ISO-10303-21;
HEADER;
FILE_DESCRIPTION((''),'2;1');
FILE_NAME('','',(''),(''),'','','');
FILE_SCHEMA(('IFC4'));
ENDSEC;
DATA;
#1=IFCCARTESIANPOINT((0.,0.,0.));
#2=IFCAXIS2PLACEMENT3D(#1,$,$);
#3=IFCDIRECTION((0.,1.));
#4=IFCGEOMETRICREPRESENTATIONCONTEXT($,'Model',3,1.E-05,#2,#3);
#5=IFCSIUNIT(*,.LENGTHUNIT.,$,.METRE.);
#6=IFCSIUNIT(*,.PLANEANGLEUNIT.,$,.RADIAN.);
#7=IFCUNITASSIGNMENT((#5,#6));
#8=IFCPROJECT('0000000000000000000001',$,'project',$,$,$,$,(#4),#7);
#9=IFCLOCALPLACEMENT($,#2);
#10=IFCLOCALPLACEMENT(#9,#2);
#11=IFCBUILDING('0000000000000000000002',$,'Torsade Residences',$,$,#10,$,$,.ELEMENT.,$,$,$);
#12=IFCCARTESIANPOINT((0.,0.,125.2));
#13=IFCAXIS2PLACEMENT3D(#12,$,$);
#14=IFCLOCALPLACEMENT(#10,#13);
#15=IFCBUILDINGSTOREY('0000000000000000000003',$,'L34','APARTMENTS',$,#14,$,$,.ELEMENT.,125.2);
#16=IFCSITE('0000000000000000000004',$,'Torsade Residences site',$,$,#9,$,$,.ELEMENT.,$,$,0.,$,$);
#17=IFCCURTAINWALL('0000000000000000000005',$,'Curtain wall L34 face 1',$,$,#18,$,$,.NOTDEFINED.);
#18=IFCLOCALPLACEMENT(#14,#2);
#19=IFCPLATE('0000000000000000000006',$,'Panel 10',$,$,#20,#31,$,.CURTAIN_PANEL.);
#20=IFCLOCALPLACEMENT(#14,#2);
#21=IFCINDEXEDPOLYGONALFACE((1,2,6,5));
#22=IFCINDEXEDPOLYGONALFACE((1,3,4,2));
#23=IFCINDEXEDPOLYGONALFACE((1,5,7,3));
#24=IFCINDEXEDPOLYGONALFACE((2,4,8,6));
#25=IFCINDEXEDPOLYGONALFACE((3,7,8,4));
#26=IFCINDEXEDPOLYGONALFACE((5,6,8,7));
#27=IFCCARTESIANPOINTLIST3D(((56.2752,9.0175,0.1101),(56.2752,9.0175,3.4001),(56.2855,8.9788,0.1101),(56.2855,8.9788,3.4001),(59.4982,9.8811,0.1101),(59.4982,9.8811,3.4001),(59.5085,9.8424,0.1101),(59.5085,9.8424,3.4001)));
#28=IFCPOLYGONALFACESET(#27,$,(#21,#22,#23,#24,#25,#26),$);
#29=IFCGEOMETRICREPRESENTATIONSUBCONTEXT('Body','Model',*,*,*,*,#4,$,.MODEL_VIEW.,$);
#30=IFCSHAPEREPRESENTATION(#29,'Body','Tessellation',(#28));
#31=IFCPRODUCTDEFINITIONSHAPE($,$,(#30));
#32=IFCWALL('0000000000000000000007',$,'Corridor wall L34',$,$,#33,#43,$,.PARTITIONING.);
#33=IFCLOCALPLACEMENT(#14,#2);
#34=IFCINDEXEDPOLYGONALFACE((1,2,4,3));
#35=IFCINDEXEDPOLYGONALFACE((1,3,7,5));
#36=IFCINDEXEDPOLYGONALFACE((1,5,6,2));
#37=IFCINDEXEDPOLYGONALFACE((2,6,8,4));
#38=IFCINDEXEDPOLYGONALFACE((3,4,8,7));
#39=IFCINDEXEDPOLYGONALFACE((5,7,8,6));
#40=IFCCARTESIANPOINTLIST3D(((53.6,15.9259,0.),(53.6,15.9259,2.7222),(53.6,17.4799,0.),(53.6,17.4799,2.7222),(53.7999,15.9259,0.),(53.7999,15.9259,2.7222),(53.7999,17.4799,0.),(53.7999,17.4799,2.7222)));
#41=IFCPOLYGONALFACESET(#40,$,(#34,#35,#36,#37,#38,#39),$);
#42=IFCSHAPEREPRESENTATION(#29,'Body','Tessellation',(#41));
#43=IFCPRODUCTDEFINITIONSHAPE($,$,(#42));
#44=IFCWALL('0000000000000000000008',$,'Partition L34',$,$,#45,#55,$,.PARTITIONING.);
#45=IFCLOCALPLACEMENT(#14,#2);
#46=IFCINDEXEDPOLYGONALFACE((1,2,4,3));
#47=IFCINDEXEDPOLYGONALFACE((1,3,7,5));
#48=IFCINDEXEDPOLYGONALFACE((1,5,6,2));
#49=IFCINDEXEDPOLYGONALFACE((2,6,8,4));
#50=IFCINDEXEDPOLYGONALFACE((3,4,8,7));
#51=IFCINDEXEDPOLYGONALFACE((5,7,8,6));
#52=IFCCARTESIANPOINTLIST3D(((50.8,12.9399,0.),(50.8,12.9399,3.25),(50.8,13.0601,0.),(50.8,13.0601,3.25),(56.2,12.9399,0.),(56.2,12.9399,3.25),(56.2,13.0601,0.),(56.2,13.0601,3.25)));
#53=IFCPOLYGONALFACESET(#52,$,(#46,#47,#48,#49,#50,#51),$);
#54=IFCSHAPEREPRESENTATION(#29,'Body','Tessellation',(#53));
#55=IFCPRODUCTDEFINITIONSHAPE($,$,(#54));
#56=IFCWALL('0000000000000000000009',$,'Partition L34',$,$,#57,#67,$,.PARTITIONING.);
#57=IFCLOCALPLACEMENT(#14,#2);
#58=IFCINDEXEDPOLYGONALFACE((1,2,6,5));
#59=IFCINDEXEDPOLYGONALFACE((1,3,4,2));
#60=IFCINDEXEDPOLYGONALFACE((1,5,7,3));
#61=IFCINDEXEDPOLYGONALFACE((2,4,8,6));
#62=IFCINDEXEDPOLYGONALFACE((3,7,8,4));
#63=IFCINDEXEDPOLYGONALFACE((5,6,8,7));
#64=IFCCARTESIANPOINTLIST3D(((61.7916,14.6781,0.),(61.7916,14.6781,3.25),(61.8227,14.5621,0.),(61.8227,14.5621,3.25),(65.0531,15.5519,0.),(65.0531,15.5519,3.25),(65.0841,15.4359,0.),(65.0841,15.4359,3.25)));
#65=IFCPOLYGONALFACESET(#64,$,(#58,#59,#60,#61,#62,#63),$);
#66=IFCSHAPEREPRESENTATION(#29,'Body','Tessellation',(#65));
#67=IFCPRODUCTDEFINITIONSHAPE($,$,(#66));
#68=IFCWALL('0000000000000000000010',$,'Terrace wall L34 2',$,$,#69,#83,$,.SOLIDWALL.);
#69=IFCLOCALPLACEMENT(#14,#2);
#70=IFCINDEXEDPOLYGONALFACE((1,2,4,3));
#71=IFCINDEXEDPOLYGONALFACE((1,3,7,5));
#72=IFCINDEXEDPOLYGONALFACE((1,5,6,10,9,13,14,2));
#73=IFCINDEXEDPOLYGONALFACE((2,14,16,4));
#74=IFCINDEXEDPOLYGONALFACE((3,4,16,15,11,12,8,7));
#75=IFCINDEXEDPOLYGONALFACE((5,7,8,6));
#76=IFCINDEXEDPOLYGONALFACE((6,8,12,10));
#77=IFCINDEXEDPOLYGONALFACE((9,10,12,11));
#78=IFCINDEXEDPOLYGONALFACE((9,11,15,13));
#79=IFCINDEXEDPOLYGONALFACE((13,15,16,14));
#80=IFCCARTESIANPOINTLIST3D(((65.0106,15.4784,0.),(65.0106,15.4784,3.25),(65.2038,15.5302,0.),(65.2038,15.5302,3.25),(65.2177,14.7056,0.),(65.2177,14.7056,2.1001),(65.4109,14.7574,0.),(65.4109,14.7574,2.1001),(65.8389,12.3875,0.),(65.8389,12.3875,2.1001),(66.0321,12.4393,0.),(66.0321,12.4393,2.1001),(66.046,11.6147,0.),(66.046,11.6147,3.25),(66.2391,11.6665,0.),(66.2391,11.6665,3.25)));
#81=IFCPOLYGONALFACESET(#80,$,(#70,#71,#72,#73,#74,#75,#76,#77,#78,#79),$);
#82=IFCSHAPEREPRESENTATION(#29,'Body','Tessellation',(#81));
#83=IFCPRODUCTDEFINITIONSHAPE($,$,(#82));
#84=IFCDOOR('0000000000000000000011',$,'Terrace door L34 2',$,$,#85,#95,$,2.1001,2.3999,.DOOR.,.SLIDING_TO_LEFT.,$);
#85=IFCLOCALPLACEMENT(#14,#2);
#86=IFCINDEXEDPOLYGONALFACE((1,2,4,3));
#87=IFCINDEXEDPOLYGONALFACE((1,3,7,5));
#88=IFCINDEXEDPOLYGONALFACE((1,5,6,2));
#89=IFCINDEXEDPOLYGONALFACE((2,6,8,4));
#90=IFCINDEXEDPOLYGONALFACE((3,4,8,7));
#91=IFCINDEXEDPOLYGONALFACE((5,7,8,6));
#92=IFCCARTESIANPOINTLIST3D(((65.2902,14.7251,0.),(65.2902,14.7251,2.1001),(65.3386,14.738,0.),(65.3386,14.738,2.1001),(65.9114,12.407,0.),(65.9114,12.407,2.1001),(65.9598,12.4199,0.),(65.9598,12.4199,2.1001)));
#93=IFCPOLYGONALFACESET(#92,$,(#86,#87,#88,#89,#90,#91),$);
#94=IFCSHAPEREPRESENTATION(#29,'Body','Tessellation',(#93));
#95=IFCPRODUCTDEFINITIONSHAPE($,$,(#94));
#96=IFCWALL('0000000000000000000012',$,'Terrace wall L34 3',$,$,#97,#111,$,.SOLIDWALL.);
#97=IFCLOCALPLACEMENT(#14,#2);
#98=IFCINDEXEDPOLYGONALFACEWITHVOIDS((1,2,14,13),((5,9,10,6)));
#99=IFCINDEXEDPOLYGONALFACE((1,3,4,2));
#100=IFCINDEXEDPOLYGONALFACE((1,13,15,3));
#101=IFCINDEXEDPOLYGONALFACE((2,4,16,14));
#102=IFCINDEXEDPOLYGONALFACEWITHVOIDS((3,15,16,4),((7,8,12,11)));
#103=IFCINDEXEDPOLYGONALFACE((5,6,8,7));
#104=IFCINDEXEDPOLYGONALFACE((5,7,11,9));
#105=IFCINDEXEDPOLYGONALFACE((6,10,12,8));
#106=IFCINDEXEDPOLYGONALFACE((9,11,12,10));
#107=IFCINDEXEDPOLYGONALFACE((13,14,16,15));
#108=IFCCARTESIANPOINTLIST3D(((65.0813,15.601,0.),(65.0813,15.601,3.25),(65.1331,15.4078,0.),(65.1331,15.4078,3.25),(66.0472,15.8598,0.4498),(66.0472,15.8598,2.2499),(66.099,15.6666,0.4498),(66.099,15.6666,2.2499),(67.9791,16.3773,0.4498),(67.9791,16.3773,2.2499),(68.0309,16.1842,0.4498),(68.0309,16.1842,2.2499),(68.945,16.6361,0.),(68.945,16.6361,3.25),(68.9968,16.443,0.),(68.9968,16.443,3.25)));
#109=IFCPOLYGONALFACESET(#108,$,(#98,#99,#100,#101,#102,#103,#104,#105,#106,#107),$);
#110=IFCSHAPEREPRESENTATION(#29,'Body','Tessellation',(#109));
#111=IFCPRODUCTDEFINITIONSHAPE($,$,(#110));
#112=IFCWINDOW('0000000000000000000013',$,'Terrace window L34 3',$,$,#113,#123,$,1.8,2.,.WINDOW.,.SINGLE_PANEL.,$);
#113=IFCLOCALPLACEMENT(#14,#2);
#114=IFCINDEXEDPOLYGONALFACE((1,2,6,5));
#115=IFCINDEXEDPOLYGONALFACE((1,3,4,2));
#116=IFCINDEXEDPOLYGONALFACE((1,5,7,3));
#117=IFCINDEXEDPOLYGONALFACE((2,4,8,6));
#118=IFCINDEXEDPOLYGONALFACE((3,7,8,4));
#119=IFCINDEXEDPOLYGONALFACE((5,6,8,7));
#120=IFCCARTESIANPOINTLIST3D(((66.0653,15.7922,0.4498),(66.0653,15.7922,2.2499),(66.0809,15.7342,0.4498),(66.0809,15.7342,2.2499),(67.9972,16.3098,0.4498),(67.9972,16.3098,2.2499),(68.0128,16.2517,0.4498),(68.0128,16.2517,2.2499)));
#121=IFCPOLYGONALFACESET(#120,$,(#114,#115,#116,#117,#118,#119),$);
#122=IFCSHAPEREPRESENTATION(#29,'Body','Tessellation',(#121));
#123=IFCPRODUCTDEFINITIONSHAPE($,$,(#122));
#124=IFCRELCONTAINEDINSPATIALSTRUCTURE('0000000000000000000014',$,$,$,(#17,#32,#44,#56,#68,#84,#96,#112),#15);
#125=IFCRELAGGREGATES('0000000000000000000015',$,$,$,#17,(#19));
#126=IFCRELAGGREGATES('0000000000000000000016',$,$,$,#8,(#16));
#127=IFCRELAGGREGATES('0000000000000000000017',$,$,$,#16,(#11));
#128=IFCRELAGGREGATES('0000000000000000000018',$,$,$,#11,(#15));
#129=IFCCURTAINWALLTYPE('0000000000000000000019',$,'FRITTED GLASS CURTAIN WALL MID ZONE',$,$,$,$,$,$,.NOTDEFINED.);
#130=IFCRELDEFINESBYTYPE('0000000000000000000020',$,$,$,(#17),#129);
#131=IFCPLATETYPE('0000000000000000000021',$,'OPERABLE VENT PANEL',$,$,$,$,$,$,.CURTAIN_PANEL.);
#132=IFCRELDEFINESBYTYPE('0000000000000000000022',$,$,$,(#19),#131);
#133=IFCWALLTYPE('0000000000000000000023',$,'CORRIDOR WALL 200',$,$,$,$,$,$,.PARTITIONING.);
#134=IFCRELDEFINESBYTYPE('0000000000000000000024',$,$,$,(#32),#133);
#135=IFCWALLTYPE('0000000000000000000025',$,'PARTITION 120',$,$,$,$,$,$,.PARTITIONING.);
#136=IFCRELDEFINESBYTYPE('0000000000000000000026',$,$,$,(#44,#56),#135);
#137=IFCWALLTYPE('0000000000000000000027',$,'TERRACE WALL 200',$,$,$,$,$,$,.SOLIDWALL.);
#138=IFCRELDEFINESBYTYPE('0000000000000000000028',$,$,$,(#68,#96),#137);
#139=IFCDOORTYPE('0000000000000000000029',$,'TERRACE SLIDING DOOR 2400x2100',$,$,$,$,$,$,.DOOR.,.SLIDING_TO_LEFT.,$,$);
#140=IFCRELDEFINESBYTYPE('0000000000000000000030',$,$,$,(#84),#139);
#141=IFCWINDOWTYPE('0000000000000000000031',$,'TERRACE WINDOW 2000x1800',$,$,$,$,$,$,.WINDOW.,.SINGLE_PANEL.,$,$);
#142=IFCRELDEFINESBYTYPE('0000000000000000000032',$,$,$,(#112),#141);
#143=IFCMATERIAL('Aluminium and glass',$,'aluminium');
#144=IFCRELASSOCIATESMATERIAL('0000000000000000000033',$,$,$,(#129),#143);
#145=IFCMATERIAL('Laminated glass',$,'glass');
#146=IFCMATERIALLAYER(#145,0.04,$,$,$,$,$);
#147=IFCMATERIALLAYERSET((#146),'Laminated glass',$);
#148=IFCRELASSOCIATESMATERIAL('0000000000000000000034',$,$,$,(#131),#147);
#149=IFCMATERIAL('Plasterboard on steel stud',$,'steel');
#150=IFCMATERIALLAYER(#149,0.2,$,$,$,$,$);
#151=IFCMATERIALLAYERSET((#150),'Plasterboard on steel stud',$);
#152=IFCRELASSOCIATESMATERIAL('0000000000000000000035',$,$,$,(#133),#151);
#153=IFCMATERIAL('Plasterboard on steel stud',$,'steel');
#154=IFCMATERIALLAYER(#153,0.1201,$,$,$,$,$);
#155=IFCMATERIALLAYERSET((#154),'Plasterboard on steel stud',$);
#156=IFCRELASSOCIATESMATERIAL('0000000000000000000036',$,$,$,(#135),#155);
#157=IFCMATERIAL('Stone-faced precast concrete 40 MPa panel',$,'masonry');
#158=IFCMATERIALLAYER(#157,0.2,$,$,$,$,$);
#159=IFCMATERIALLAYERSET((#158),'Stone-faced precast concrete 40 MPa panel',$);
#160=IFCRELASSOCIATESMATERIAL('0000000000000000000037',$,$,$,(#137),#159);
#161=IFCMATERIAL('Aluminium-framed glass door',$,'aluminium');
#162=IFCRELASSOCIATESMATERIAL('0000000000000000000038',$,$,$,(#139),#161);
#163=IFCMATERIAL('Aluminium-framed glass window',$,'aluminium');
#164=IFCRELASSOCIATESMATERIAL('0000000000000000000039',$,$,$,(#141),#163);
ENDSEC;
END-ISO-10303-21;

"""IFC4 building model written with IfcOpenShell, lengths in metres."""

from ifc_helpers import new_model, si_unit, direction, frame, frame_2d, origin, origin_2d, place, context, subcontext, project, spatial, rectangle, extrude, material, layer, layer_set, type_object, element, fill, aggregate, save


model = new_model("IFC4")

# Units and contexts
model_context = context("Model", 3, precision=1e-05, world=origin(), true_north=direction((0.0, 1.0)))
body_context = subcontext(model_context, "Body", "Model", "MODEL_VIEW")
ifc_project = project(units=[si_unit("LENGTHUNIT", "METRE"), si_unit("PLANEANGLEUNIT", "RADIAN")], contexts=[model_context])

# Site, building, storey
site_placement = place(None, origin())
site = spatial("IfcSite", under=ifc_project, at=site_placement, Name="Torsade Residences site", CompositionType="ELEMENT", RefElevation=0.0)
building_placement = place(site_placement, origin())
building = spatial("IfcBuilding", under=site, at=building_placement, Name="Torsade Residences", CompositionType="ELEMENT")
storey_placement = place(building_placement, frame((0.0, 0.0, 125.2)))
storey = spatial("IfcBuildingStorey", under=building, at=storey_placement, Name="L34", Description="APARTMENTS", CompositionType="ELEMENT", Elevation=125.2)

# Curtain wall
ifc_material_1 = material(Name="Aluminium and glass", Category="aluminium")
curtain_wall_type = type_object("IfcCurtainWallType", Name="FRITTED GLASS CURTAIN WALL MID ZONE", PredefinedType="NOTDEFINED", material=ifc_material_1)
curtain_wall_placement = place(storey_placement, origin())
curtain_wall = element("IfcCurtainWall", 1, at=curtain_wall_placement, inside=storey, type_object=curtain_wall_type, Name="Curtain wall L34 face 1", PredefinedType="NOTDEFINED")

# Plate
ifc_material_2 = material(Name="Laminated glass", Category="glass")
ifc_layer_1 = layer(ifc_material_2, 0.04)
ifc_layer_set_1 = layer_set([ifc_layer_1], Name="Laminated glass")
plate_type_1 = type_object("IfcPlateType", Name="OPERABLE VENT PANEL", PredefinedType="CURTAIN_PANEL", material=ifc_layer_set_1)
plate_1_placement = place(storey_placement, frame((57.8918, 9.4299, 0.1101), z_axis=(0.0, 0.0, 1.0), x_axis=(0.965926, 0.258819, 0.0)))
plate_1 = element("IfcPlate", 2, at=plate_1_placement, type_object=plate_type_1, Name="Panel 10", PredefinedType="CURTAIN_PANEL", context=body_context, shape_type="SweptSolid", body=[
    extrude(rectangle(XDim=3.3367, YDim=0.04, at=origin_2d()), origin(), (0.0, 0.0, 1.0), 3.29),
])
aggregate(curtain_wall, [plate_1])

# Walls
ifc_material_3 = material(Name="Plasterboard on steel stud", Category="steel")
ifc_layer_2 = layer(ifc_material_3, 0.2)
ifc_layer_set_2 = layer_set([ifc_layer_2], Name="Plasterboard on steel stud")
wall_type_1 = type_object("IfcWallType", Name="CORRIDOR WALL 200", PredefinedType="PARTITIONING", material=ifc_layer_set_2)
wall_1_placement = place(storey_placement, frame((53.7, 15.926, 0.0), z_axis=(0.0, 0.0, 1.0), x_axis=(0.0, 1.0, 0.0)))
element("IfcWall", 3, at=wall_1_placement, inside=storey, type_object=wall_type_1, Name="Corridor wall L34", PredefinedType="PARTITIONING", context=body_context, shape_type="SweptSolid", body=[
    extrude(rectangle(XDim=1.554, YDim=0.2, at=frame_2d((0.7769, 0.0))), origin(), (0.0, 0.0, 1.0), 2.7222),
])
ifc_material_4 = material(Name="Plasterboard on steel stud", Category="steel")
ifc_layer_3 = layer(ifc_material_4, 0.1201)
ifc_layer_set_3 = layer_set([ifc_layer_3], Name="Plasterboard on steel stud")
wall_type_2 = type_object("IfcWallType", Name="PARTITION 120", PredefinedType="PARTITIONING", material=ifc_layer_set_3)
wall_2_placement = place(storey_placement, frame((56.2, 13.0, 0.0), z_axis=(0.0, 0.0, 1.0), x_axis=(-1.0, 0.0, 0.0)))
element("IfcWall", 4, at=wall_2_placement, inside=storey, type_object=wall_type_2, Name="Partition L34", PredefinedType="PARTITIONING", context=body_context, shape_type="SweptSolid", body=[
    extrude(rectangle(XDim=5.3999, YDim=0.1201, at=frame_2d((2.7, 0.0))), origin(), (0.0, 0.0, 1.0), 3.25),
])
wall_3_placement = place(storey_placement, frame((65.0686, 15.4939, 0.0), z_axis=(0.0, 0.0, 1.0), x_axis=(-0.965935, -0.258783, 0.0)))
element("IfcWall", 5, at=wall_3_placement, inside=storey, type_object=wall_type_2, Name="Partition L34", PredefinedType="PARTITIONING", context=body_context, shape_type="SweptSolid", body=[
    extrude(rectangle(XDim=3.3765, YDim=0.1201, at=frame_2d((1.6882, 0.0))), origin(), (0.0, 0.0, 1.0), 3.25),
])

# Wall, opening, door
ifc_material_5 = material(Name="Stone-faced precast concrete 40 MPa panel", Category="masonry")
ifc_layer_4 = layer(ifc_material_5, 0.2)
ifc_layer_set_4 = layer_set([ifc_layer_4], Name="Stone-faced precast concrete 40 MPa panel")
wall_type_3 = type_object("IfcWallType", Name="TERRACE WALL 200", PredefinedType="SOLIDWALL", material=ifc_layer_set_4)
wall_4_placement = place(storey_placement, frame((66.1426, 11.6406, 0.0), z_axis=(0.0, 0.0, 1.0), x_axis=(-0.258844, 0.965919, 0.0)))
wall_4 = element("IfcWall", 6, at=wall_4_placement, inside=storey, type_object=wall_type_3, Name="Terrace wall L34 2", PredefinedType="SOLIDWALL", context=body_context, shape_type="SweptSolid", body=[
    extrude(rectangle(XDim=4.0, YDim=0.2, at=frame_2d((2.0, 0.0))), origin(), (0.0, 0.0, 1.0), 3.25),
])
opening_1_placement = place(wall_4_placement, frame((0.8, 0.0, 0.0)))
opening_1 = element("IfcOpeningElement", 7, at=opening_1_placement, cuts=wall_4, PredefinedType="OPENING", context=body_context, shape_type="SweptSolid", body=[
    extrude(rectangle(XDim=2.3999, YDim=2.1001, at=frame_2d((1.2, 1.05))), frame((0.0, 0.1099, 0.0), z_axis=(0.0, -1.0, 0.0), x_axis=(1.0, 0.0, 0.0)), (0.0, 0.0, 1.0), 0.22),
])
ifc_material_6 = material(Name="Aluminium-framed glass door", Category="aluminium")
door_type = type_object("IfcDoorType", Name="TERRACE SLIDING DOOR 2400x2100", OperationType="SLIDING_TO_LEFT", PredefinedType="DOOR", material=ifc_material_6)
door_placement = place(opening_1_placement, origin())
door = element("IfcDoor", 8, at=door_placement, inside=storey, type_object=door_type, Name="Terrace door L34 2", OperationType="SLIDING_TO_LEFT", OverallHeight=2.1001, OverallWidth=2.3999, PredefinedType="DOOR", context=body_context, shape_type="SweptSolid", body=[
    extrude(rectangle(XDim=2.3999, YDim=2.1001, at=frame_2d((1.2, 1.05))), frame((0.0, 0.0249, 0.0), z_axis=(0.0, -1.0, 0.0), x_axis=(1.0, 0.0, 0.0)), (0.0, 0.0, 1.0), 0.05),
])
fill(opening_1, door)

# Wall, opening, window
wall_5_placement = place(storey_placement, frame((65.1072, 15.5044, 0.0), z_axis=(0.0, 0.0, 1.0), x_axis=(0.965934, 0.258787, 0.0)))
wall_5 = element("IfcWall", 9, at=wall_5_placement, inside=storey, type_object=wall_type_3, Name="Terrace wall L34 3", PredefinedType="SOLIDWALL", context=body_context, shape_type="SweptSolid", body=[
    extrude(rectangle(XDim=4.0, YDim=0.2, at=frame_2d((2.0, 0.0))), origin(), (0.0, 0.0, 1.0), 3.25),
])
opening_2_placement = place(wall_5_placement, frame((1.0, 0.0, 0.45)))
opening_2 = element("IfcOpeningElement", 10, at=opening_2_placement, cuts=wall_5, PredefinedType="OPENING", context=body_context, shape_type="SweptSolid", body=[
    extrude(rectangle(XDim=2.0, YDim=1.8, at=frame_2d((1.0, 0.8999))), frame((0.0, 0.1099, 0.0), z_axis=(0.0, -1.0, 0.0), x_axis=(1.0, 0.0, 0.0)), (0.0, 0.0, 1.0), 0.22),
])
ifc_material_7 = material(Name="Aluminium-framed glass window", Category="aluminium")
window_type = type_object("IfcWindowType", Name="TERRACE WINDOW 2000x1800", PartitioningType="SINGLE_PANEL", PredefinedType="WINDOW", material=ifc_material_7)
window_placement = place(opening_2_placement, origin())
window = element("IfcWindow", 11, at=window_placement, inside=storey, type_object=window_type, Name="Terrace window L34 3", OverallHeight=1.8, OverallWidth=2.0, PartitioningType="SINGLE_PANEL", PredefinedType="WINDOW", context=body_context, shape_type="SweptSolid", body=[
    extrude(rectangle(XDim=2.0, YDim=1.8, at=frame_2d((1.0, 0.8999))), frame((0.0, 0.03, 0.0), z_axis=(0.0, -1.0, 0.0), x_axis=(1.0, 0.0, 0.0)), (0.0, 0.0, 1.0), 0.0601),
])
fill(opening_2, window)

save(model, "model.ifc")
